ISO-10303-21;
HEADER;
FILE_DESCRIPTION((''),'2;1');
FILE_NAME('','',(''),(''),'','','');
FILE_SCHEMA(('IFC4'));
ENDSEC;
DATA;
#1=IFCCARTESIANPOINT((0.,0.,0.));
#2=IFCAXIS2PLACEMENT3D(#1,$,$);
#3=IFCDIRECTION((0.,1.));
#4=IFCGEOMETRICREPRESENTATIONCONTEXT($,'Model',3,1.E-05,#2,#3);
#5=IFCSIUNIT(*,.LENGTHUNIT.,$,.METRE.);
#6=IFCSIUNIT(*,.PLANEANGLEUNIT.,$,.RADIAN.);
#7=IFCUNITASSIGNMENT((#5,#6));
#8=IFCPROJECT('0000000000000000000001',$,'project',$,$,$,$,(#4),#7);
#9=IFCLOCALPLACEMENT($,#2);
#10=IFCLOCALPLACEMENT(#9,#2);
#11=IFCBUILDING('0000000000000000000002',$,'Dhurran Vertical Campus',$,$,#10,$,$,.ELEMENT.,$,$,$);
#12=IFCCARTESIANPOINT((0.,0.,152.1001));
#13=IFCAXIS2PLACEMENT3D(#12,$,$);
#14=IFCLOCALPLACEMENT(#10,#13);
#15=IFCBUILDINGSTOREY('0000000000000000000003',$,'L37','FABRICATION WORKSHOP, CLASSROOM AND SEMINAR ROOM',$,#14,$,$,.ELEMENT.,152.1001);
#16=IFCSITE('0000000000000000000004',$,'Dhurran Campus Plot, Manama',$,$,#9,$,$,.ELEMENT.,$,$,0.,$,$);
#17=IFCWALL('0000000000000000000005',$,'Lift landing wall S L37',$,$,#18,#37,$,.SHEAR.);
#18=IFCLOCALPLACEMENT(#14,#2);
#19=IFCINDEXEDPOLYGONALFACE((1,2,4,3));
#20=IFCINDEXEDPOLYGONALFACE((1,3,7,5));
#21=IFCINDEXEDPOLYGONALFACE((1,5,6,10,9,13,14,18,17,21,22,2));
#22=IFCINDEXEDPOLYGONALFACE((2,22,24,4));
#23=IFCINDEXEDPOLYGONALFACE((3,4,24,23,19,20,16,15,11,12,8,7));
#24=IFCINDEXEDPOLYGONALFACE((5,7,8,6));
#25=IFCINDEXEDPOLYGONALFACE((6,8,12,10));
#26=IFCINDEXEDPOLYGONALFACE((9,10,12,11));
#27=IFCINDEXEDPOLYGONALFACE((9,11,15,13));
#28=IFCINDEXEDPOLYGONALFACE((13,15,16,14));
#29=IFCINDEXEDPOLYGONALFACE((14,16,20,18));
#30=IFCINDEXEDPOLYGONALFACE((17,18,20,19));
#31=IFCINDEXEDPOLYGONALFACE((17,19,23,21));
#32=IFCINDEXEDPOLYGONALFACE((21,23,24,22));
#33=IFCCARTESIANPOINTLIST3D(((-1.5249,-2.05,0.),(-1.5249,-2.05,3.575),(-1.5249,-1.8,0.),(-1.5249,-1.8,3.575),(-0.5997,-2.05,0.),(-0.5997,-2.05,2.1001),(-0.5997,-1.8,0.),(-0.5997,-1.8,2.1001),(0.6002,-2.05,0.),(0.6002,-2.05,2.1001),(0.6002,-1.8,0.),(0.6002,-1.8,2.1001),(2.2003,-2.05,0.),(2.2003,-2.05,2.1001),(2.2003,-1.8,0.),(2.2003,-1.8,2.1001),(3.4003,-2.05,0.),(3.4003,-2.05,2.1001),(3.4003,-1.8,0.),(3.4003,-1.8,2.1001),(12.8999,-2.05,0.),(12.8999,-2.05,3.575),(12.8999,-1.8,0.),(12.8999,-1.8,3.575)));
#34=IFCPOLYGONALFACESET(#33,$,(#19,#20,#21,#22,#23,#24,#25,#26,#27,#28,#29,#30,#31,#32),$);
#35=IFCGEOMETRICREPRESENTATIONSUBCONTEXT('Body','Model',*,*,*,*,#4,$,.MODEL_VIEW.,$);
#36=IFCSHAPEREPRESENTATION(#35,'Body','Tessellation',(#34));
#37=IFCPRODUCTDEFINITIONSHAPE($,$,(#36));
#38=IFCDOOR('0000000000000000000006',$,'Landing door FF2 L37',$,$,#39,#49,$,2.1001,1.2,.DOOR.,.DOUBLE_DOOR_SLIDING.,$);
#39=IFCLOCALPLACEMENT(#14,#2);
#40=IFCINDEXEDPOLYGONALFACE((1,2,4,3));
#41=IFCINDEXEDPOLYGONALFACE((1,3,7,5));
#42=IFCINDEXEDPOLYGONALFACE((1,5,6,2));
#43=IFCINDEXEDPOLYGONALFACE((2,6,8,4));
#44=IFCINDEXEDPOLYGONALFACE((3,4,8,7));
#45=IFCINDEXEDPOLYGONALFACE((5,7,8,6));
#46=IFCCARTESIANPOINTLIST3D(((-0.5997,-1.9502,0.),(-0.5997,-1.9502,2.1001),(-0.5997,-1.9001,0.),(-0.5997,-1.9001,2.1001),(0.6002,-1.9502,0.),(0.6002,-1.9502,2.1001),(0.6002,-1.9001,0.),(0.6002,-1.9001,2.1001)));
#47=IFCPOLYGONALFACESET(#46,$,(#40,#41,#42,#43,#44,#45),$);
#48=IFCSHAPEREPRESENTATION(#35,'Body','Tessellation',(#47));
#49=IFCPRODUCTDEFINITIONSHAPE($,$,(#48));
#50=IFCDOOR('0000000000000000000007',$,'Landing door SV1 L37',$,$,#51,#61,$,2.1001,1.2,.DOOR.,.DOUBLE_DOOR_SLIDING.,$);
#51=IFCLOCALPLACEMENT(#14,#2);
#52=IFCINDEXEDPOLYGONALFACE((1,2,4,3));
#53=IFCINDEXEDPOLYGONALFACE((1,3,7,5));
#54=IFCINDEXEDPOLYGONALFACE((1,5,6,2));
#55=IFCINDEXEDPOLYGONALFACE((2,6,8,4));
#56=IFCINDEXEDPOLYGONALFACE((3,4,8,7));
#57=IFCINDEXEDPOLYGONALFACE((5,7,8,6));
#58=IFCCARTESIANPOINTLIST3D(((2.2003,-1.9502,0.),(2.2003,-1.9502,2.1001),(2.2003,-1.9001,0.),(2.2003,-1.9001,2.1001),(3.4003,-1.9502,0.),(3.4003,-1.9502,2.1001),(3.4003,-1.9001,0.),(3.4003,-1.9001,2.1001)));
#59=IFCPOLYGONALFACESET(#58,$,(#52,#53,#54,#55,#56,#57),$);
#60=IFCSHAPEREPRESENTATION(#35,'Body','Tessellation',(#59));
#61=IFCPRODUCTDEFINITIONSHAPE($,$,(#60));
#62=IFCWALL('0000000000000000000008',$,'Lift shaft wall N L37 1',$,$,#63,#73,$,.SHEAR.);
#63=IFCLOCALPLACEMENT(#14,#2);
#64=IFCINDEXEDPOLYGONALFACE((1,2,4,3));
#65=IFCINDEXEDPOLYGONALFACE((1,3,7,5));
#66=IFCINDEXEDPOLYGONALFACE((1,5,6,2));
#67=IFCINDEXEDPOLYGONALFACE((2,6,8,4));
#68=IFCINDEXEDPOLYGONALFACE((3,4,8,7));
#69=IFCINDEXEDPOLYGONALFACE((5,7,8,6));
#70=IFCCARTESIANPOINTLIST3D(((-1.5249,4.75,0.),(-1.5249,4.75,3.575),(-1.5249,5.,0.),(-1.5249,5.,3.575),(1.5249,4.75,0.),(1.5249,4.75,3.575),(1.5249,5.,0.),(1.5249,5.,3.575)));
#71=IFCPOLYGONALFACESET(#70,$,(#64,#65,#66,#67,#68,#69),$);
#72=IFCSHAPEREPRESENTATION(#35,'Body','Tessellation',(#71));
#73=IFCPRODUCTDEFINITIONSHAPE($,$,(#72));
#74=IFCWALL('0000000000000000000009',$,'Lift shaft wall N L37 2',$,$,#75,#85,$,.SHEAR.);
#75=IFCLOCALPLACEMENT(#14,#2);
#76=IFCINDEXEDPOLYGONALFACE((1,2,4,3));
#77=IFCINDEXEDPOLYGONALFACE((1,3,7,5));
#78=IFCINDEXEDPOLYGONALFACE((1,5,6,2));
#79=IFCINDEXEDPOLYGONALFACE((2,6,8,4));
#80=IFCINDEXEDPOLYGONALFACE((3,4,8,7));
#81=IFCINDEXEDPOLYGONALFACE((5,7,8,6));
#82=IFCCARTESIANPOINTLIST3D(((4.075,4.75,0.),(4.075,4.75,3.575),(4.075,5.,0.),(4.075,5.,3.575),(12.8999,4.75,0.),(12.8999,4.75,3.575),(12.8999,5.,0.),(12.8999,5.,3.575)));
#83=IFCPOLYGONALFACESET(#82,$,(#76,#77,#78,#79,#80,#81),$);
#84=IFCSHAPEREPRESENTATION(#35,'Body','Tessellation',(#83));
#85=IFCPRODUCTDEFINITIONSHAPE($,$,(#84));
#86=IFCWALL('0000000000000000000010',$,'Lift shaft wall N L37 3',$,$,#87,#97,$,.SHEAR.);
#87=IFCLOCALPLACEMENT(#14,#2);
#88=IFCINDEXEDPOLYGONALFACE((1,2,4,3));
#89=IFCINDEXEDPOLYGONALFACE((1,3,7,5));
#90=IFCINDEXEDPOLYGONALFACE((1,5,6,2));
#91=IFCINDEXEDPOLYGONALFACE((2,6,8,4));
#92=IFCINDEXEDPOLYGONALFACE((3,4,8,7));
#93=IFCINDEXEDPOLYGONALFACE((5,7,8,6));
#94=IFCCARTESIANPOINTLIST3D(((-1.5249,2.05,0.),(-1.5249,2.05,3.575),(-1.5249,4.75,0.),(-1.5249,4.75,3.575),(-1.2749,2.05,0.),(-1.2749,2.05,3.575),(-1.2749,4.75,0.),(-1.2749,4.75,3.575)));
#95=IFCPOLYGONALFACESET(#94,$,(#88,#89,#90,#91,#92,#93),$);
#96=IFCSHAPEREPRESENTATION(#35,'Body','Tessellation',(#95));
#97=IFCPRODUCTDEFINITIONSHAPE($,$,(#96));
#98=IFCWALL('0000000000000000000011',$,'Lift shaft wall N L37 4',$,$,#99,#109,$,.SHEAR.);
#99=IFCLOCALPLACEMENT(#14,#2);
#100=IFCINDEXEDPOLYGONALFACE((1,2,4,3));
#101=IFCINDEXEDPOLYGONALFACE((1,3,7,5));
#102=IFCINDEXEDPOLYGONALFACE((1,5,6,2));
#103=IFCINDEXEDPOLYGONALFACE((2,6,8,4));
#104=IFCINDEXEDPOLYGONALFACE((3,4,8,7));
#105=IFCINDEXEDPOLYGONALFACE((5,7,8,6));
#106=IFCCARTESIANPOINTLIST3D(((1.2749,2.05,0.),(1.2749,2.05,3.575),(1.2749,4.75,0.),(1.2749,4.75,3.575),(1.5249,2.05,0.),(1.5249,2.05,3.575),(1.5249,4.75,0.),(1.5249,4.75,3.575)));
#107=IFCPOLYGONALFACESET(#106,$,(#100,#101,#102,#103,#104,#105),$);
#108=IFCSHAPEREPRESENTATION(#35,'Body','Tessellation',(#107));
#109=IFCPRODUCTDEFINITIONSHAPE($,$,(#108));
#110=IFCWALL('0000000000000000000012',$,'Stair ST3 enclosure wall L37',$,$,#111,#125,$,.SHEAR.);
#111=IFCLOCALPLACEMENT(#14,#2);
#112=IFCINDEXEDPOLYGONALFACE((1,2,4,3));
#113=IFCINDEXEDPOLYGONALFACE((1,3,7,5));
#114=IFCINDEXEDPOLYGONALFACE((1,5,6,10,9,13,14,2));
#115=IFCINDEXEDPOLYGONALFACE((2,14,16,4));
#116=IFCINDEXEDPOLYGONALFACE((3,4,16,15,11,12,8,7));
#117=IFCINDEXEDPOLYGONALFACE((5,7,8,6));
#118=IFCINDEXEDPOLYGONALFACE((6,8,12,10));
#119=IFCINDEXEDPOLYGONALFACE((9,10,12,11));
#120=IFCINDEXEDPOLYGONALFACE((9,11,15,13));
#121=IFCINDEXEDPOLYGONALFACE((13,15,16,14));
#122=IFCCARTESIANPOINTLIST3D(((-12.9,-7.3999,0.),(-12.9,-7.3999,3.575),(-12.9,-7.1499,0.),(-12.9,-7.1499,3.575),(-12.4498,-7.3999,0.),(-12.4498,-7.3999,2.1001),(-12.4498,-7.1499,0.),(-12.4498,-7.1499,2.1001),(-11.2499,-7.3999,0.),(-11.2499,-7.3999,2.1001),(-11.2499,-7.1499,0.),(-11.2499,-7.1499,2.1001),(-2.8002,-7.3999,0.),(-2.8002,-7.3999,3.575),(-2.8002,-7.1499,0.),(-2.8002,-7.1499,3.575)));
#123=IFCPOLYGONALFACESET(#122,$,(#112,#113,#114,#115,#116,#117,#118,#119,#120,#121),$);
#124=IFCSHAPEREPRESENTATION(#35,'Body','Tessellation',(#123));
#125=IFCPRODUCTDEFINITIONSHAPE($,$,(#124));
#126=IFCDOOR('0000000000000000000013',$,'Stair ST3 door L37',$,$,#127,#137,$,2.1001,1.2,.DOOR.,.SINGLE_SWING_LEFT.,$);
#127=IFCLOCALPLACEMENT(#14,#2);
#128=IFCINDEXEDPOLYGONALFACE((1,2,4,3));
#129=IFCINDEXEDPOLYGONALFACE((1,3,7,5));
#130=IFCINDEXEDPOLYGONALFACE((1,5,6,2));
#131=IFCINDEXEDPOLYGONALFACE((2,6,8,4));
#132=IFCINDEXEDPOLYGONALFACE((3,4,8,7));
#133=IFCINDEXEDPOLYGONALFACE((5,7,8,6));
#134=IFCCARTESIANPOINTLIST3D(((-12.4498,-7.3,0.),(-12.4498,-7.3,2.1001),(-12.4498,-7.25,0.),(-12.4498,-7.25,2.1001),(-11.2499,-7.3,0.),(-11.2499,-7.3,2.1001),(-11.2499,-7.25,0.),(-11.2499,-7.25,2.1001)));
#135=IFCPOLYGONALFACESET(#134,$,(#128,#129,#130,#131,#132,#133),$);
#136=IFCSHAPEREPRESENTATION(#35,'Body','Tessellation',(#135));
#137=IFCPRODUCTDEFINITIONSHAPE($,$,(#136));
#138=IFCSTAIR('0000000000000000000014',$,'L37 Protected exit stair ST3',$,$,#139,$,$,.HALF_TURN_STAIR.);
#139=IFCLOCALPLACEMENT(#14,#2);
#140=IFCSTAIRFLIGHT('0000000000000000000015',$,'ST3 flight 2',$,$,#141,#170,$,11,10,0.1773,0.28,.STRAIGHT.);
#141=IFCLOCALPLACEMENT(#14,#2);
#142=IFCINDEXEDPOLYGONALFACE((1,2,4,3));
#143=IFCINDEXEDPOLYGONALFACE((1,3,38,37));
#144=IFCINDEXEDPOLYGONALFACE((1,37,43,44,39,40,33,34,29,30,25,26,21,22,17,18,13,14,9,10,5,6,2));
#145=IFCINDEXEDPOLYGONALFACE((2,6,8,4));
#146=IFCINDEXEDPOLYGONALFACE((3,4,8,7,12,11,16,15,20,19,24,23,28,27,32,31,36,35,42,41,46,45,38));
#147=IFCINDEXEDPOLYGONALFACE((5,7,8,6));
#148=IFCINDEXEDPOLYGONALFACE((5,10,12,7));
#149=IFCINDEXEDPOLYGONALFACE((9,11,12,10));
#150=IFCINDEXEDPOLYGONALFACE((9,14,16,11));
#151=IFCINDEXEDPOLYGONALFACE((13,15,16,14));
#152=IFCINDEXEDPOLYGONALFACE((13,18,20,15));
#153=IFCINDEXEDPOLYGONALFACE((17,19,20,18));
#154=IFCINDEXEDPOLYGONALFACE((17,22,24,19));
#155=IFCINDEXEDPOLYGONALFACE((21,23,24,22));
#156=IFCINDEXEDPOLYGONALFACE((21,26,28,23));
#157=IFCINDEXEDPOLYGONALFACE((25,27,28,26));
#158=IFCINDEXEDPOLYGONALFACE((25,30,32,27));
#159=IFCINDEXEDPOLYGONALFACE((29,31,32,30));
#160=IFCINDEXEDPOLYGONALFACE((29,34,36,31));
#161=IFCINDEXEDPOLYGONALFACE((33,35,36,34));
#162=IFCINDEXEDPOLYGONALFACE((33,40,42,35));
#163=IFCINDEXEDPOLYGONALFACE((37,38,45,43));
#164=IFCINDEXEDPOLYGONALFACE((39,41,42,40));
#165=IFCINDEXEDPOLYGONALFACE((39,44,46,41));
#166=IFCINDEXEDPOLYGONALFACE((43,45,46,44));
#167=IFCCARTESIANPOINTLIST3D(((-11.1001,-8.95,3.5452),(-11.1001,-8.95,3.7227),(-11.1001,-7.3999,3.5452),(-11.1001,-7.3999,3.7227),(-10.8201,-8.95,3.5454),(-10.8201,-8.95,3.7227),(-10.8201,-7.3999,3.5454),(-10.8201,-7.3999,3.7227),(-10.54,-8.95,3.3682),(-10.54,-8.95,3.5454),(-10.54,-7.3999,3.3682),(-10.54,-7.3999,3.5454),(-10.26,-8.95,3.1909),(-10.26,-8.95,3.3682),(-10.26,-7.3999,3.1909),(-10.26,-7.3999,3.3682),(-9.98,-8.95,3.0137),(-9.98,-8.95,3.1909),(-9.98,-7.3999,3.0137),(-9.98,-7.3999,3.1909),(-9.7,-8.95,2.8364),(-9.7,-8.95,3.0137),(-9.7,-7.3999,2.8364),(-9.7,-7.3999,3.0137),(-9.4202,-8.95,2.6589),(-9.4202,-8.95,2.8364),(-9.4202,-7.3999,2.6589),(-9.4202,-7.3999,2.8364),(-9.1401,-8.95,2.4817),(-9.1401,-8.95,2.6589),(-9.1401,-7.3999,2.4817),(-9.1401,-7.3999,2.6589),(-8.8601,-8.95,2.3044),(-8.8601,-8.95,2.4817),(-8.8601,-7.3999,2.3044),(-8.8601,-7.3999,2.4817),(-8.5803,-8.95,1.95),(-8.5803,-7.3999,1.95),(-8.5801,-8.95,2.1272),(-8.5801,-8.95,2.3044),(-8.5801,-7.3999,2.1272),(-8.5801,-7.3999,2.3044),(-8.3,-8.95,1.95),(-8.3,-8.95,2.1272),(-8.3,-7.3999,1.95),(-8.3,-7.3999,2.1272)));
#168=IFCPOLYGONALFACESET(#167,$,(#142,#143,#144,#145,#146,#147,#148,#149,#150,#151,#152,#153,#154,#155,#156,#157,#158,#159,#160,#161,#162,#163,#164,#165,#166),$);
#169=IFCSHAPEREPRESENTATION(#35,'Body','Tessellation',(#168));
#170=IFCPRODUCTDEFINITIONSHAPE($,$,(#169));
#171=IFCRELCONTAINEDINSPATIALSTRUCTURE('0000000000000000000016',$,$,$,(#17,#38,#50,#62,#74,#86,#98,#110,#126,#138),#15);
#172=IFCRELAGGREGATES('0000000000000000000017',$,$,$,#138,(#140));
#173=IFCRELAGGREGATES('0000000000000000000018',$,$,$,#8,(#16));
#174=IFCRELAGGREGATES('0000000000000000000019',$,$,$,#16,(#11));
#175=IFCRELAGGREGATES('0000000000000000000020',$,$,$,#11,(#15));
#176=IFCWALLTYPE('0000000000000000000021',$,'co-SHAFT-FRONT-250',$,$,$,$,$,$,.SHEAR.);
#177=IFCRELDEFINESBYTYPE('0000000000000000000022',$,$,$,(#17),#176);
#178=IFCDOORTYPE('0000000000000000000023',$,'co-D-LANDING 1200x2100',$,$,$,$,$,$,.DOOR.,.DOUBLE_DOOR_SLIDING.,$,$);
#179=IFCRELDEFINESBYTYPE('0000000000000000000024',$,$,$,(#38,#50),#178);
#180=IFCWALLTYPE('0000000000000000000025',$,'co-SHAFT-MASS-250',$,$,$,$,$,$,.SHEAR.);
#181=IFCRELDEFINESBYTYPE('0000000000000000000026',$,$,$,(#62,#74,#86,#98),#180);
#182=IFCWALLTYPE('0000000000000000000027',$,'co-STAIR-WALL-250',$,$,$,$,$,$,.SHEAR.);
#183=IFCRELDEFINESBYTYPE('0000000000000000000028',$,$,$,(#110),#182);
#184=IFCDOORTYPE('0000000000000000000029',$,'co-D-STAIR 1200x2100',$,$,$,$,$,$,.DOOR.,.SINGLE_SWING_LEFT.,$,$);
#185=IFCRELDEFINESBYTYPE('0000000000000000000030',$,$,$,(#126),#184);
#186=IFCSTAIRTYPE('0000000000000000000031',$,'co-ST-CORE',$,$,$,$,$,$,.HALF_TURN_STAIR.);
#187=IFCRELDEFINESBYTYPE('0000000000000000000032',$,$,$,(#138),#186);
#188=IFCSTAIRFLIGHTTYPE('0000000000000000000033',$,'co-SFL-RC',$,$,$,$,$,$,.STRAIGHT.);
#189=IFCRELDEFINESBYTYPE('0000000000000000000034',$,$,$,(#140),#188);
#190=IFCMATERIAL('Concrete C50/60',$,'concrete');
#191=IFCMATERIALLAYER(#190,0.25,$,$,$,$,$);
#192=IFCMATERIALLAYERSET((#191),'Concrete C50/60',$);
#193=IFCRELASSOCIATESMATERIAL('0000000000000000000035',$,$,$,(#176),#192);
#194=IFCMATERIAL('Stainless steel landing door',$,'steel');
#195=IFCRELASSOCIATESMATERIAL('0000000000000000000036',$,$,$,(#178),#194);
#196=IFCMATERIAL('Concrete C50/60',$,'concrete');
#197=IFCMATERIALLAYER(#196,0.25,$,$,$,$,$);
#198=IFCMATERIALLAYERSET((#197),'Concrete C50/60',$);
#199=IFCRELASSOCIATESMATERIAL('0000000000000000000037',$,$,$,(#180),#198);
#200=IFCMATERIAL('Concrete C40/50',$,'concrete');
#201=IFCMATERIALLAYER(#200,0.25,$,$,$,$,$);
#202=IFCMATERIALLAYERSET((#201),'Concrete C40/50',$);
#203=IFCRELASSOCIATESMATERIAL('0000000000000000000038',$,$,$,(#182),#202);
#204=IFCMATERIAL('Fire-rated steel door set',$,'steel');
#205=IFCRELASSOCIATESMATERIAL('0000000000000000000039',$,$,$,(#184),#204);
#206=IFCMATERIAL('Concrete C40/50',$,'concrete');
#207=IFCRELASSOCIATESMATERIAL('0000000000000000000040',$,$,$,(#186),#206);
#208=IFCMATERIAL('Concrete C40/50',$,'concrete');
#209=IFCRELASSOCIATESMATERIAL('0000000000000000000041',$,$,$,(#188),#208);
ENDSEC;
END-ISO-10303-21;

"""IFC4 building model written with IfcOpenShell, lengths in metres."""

from ifc_helpers import new_model, si_unit, direction, frame, frame_2d, origin, place, context, subcontext, project, spatial, polyline, rectangle, outline, extrude, material, layer, layer_set, type_object, element, fill, aggregate, save


model = new_model("IFC4")

# Units and contexts
model_context = context("Model", 3, precision=1e-05, world=origin(), true_north=direction((0.0, 1.0)))
body_context = subcontext(model_context, "Body", "Model", "MODEL_VIEW")
ifc_project = project(units=[si_unit("LENGTHUNIT", "METRE"), si_unit("PLANEANGLEUNIT", "RADIAN")], contexts=[model_context])

# Site, building, storey
site_placement = place(None, origin())
site = spatial("IfcSite", under=ifc_project, at=site_placement, Name="Dhurran Campus Plot, Manama", CompositionType="ELEMENT", RefElevation=0.0)
building_placement = place(site_placement, origin())
building = spatial("IfcBuilding", under=site, at=building_placement, Name="Dhurran Vertical Campus", CompositionType="ELEMENT")
storey_placement = place(building_placement, frame((0.0, 0.0, 152.1001)))
storey = spatial("IfcBuildingStorey", under=building, at=storey_placement, Name="L37", Description="FABRICATION WORKSHOP, CLASSROOM AND SEMINAR ROOM", CompositionType="ELEMENT", Elevation=152.1001)

# Wall, openings, doors
ifc_material_1 = material(Name="Concrete C50/60", Category="concrete")
ifc_layer_1 = layer(ifc_material_1, 0.25)
ifc_layer_set_1 = layer_set([ifc_layer_1], Name="Concrete C50/60")
wall_type_1 = type_object("IfcWallType", Name="co-SHAFT-FRONT-250", PredefinedType="SHEAR", material=ifc_layer_set_1)
ifc_material_2 = material(Name="Stainless steel landing door", Category="steel")
door_type_1 = type_object("IfcDoorType", Name="co-D-LANDING 1200x2100", OperationType="DOUBLE_DOOR_SLIDING", PredefinedType="DOOR", material=ifc_material_2)
wall_1_placement = place(storey_placement, frame((-1.5249, -1.925, 0.0), z_axis=(0.0, 0.0, 1.0), x_axis=(1.0, 0.0, 0.0)))
wall_1 = element("IfcWall", 1, at=wall_1_placement, inside=storey, type_object=wall_type_1, Name="Lift landing wall S L37", PredefinedType="SHEAR", context=body_context, shape_type="SweptSolid", body=[
    extrude(rectangle(XDim=14.4248, YDim=0.25, at=frame_2d((7.2124, 0.0))), origin(), (0.0, 0.0, 1.0), 3.575),
])
opening_1_placement = place(wall_1_placement, frame((0.925, 0.0, 0.0)))
opening_1 = element("IfcOpeningElement", 2, at=opening_1_placement, cuts=wall_1, PredefinedType="OPENING", context=body_context, shape_type="SweptSolid", body=[
    extrude(rectangle(XDim=1.2, YDim=2.1001, at=frame_2d((0.6001, 1.05))), frame((0.0, 0.135, 0.0), z_axis=(0.0, -1.0, 0.0), x_axis=(1.0, 0.0, 0.0)), (0.0, 0.0, 1.0), 0.27),
])
opening_2_placement = place(wall_1_placement, frame((3.7251, 0.0, 0.0)))
opening_2 = element("IfcOpeningElement", 3, at=opening_2_placement, cuts=wall_1, PredefinedType="OPENING", context=body_context, shape_type="SweptSolid", body=[
    extrude(rectangle(XDim=1.2, YDim=2.1001, at=frame_2d((0.6001, 1.05))), frame((0.0, 0.135, 0.0), z_axis=(0.0, -1.0, 0.0), x_axis=(1.0, 0.0, 0.0)), (0.0, 0.0, 1.0), 0.27),
])
door_1_placement = place(opening_1_placement, origin())
door_1 = element("IfcDoor", 4, at=door_1_placement, inside=storey, type_object=door_type_1, Name="Landing door FF2 L37", OperationType="DOUBLE_DOOR_SLIDING", OverallHeight=2.1001, OverallWidth=1.2, PredefinedType="DOOR", context=body_context, shape_type="SweptSolid", body=[
    extrude(rectangle(XDim=1.2, YDim=2.1001, at=frame_2d((0.6001, 1.05))), frame((0.0, 0.0249, 0.0), z_axis=(0.0, -1.0, 0.0), x_axis=(1.0, 0.0, 0.0)), (0.0, 0.0, 1.0), 0.05),
])
fill(opening_1, door_1)
door_2_placement = place(opening_2_placement, origin())
door_2 = element("IfcDoor", 5, at=door_2_placement, inside=storey, type_object=door_type_1, Name="Landing door SV1 L37", OperationType="DOUBLE_DOOR_SLIDING", OverallHeight=2.1001, OverallWidth=1.2, PredefinedType="DOOR", context=body_context, shape_type="SweptSolid", body=[
    extrude(rectangle(XDim=1.2, YDim=2.1001, at=frame_2d((0.6001, 1.05))), frame((0.0, 0.0249, 0.0), z_axis=(0.0, -1.0, 0.0), x_axis=(1.0, 0.0, 0.0)), (0.0, 0.0, 1.0), 0.05),
])
fill(opening_2, door_2)

# Walls
ifc_material_3 = material(Name="Concrete C50/60", Category="concrete")
ifc_layer_2 = layer(ifc_material_3, 0.25)
ifc_layer_set_2 = layer_set([ifc_layer_2], Name="Concrete C50/60")
wall_type_2 = type_object("IfcWallType", Name="co-SHAFT-MASS-250", PredefinedType="SHEAR", material=ifc_layer_set_2)
wall_2_placement = place(storey_placement, origin())
element("IfcWall", 6, at=wall_2_placement, inside=storey, type_object=wall_type_2, Name="Lift shaft wall N L37 1", PredefinedType="SHEAR", context=body_context, shape_type="SweptSolid", body=[
    extrude(outline(polyline([(-1.5249, 4.75), (1.5249, 4.75), (1.5249, 5.0), (-1.5249, 5.0), (-1.5249, 4.75)])), origin(), (0.0, 0.0, 1.0), 3.575),
])
wall_3_placement = place(storey_placement, origin())
element("IfcWall", 7, at=wall_3_placement, inside=storey, type_object=wall_type_2, Name="Lift shaft wall N L37 2", PredefinedType="SHEAR", context=body_context, shape_type="SweptSolid", body=[
    extrude(outline(polyline([(4.075, 4.75), (12.8999, 4.75), (12.8999, 5.0), (4.075, 5.0), (4.075, 4.75)])), origin(), (0.0, 0.0, 1.0), 3.575),
])
wall_4_placement = place(storey_placement, origin())
element("IfcWall", 8, at=wall_4_placement, inside=storey, type_object=wall_type_2, Name="Lift shaft wall N L37 3", PredefinedType="SHEAR", context=body_context, shape_type="SweptSolid", body=[
    extrude(outline(polyline([(-1.5249, 2.05), (-1.2749, 2.05), (-1.2749, 4.75), (-1.5249, 4.75), (-1.5249, 2.05)])), origin(), (0.0, 0.0, 1.0), 3.575),
])
wall_5_placement = place(storey_placement, origin())
element("IfcWall", 9, at=wall_5_placement, inside=storey, type_object=wall_type_2, Name="Lift shaft wall N L37 4", PredefinedType="SHEAR", context=body_context, shape_type="SweptSolid", body=[
    extrude(outline(polyline([(1.2749, 2.05), (1.5249, 2.05), (1.5249, 4.75), (1.2749, 4.75), (1.2749, 2.05)])), origin(), (0.0, 0.0, 1.0), 3.575),
])

# Wall, opening, door
ifc_material_4 = material(Name="Concrete C40/50", Category="concrete")
ifc_layer_3 = layer(ifc_material_4, 0.25)
ifc_layer_set_3 = layer_set([ifc_layer_3], Name="Concrete C40/50")
wall_type_3 = type_object("IfcWallType", Name="co-STAIR-WALL-250", PredefinedType="SHEAR", material=ifc_layer_set_3)
wall_6_placement = place(storey_placement, frame((-12.8999, -7.2749, 0.0), z_axis=(0.0, 0.0, 1.0), x_axis=(1.0, 0.0, 0.0)))
wall_6 = element("IfcWall", 10, at=wall_6_placement, inside=storey, type_object=wall_type_3, Name="Stair ST3 enclosure wall L37", PredefinedType="SHEAR", context=body_context, shape_type="SweptSolid", body=[
    extrude(rectangle(XDim=10.0999, YDim=0.25, at=frame_2d((5.0498, 0.0))), origin(), (0.0, 0.0, 1.0), 3.575),
])
opening_3_placement = place(wall_6_placement, frame((0.45, 0.0, 0.0)))
opening_3 = element("IfcOpeningElement", 11, at=opening_3_placement, cuts=wall_6, PredefinedType="OPENING", context=body_context, shape_type="SweptSolid", body=[
    extrude(rectangle(XDim=1.2, YDim=2.1001, at=frame_2d((0.6001, 1.05))), frame((0.0, 0.135, 0.0), z_axis=(0.0, -1.0, 0.0), x_axis=(1.0, 0.0, 0.0)), (0.0, 0.0, 1.0), 0.27),
])
ifc_material_5 = material(Name="Fire-rated steel door set", Category="steel")
door_type_2 = type_object("IfcDoorType", Name="co-D-STAIR 1200x2100", OperationType="SINGLE_SWING_LEFT", PredefinedType="DOOR", material=ifc_material_5)
door_3_placement = place(opening_3_placement, origin())
door_3 = element("IfcDoor", 12, at=door_3_placement, inside=storey, type_object=door_type_2, Name="Stair ST3 door L37", OperationType="SINGLE_SWING_LEFT", OverallHeight=2.1001, OverallWidth=1.2, PredefinedType="DOOR", context=body_context, shape_type="SweptSolid", body=[
    extrude(rectangle(XDim=1.2, YDim=2.1001, at=frame_2d((0.6001, 1.05))), frame((0.0, 0.0249, 0.0), z_axis=(0.0, -1.0, 0.0), x_axis=(1.0, 0.0, 0.0)), (0.0, 0.0, 1.0), 0.05),
])
fill(opening_3, door_3)

# Stair, stair flight
ifc_material_6 = material(Name="Concrete C40/50", Category="concrete")
stair_type = type_object("IfcStairType", Name="co-ST-CORE", PredefinedType="HALF_TURN_STAIR", material=ifc_material_6)
stair_placement = place(storey_placement, origin())
stair = element("IfcStair", 13, at=stair_placement, inside=storey, type_object=stair_type, Name="L37 Protected exit stair ST3", PredefinedType="HALF_TURN_STAIR")
ifc_material_7 = material(Name="Concrete C40/50", Category="concrete")
stair_flight_type = type_object("IfcStairFlightType", Name="co-SFL-RC", PredefinedType="STRAIGHT", material=ifc_material_7)
stair_flight_placement = place(storey_placement, frame((-8.3, -8.175, 1.95), z_axis=(0.0, 0.0, 1.0), x_axis=(-1.0, 0.0, 0.0)))
stair_flight = element("IfcStairFlight", 14, at=stair_flight_placement, type_object=stair_flight_type, Name="ST3 flight 2", NumberOfRisers=11, NumberOfTreads=10, PredefinedType="STRAIGHT", RiserHeight=0.1773, TreadLength=0.28, context=body_context, shape_type="SweptSolid", body=[
    extrude(outline(polyline([(0.0, 0.0), (0.0, 0.1772), (0.28, 0.1772), (0.28, 0.3545), (0.5601, 0.3545), (0.5601, 0.5317), (0.8401, 0.5317), (0.8401, 0.709), (1.1201, 0.709), (1.1201, 0.8865), (1.3999, 0.8865), (1.3999, 1.0637), (1.6799, 1.0637), (1.6799, 1.241), (1.96, 1.241), (1.96, 1.4182), (2.24, 1.4182), (2.24, 1.5955), (2.52, 1.5955), (2.52, 1.7727), (2.8, 1.7727), (2.8, 1.95), (2.8, 1.5952), (0.2803, 0.0), (0.0, 0.0)])), frame((0.0, 0.7749, 0.0), z_axis=(0.0, -1.0, 0.0), x_axis=(1.0, 0.0, 0.0)), (0.0, 0.0, 1.0), 1.55),
])
aggregate(stair, [stair_flight])

save(model, "model.ifc")
